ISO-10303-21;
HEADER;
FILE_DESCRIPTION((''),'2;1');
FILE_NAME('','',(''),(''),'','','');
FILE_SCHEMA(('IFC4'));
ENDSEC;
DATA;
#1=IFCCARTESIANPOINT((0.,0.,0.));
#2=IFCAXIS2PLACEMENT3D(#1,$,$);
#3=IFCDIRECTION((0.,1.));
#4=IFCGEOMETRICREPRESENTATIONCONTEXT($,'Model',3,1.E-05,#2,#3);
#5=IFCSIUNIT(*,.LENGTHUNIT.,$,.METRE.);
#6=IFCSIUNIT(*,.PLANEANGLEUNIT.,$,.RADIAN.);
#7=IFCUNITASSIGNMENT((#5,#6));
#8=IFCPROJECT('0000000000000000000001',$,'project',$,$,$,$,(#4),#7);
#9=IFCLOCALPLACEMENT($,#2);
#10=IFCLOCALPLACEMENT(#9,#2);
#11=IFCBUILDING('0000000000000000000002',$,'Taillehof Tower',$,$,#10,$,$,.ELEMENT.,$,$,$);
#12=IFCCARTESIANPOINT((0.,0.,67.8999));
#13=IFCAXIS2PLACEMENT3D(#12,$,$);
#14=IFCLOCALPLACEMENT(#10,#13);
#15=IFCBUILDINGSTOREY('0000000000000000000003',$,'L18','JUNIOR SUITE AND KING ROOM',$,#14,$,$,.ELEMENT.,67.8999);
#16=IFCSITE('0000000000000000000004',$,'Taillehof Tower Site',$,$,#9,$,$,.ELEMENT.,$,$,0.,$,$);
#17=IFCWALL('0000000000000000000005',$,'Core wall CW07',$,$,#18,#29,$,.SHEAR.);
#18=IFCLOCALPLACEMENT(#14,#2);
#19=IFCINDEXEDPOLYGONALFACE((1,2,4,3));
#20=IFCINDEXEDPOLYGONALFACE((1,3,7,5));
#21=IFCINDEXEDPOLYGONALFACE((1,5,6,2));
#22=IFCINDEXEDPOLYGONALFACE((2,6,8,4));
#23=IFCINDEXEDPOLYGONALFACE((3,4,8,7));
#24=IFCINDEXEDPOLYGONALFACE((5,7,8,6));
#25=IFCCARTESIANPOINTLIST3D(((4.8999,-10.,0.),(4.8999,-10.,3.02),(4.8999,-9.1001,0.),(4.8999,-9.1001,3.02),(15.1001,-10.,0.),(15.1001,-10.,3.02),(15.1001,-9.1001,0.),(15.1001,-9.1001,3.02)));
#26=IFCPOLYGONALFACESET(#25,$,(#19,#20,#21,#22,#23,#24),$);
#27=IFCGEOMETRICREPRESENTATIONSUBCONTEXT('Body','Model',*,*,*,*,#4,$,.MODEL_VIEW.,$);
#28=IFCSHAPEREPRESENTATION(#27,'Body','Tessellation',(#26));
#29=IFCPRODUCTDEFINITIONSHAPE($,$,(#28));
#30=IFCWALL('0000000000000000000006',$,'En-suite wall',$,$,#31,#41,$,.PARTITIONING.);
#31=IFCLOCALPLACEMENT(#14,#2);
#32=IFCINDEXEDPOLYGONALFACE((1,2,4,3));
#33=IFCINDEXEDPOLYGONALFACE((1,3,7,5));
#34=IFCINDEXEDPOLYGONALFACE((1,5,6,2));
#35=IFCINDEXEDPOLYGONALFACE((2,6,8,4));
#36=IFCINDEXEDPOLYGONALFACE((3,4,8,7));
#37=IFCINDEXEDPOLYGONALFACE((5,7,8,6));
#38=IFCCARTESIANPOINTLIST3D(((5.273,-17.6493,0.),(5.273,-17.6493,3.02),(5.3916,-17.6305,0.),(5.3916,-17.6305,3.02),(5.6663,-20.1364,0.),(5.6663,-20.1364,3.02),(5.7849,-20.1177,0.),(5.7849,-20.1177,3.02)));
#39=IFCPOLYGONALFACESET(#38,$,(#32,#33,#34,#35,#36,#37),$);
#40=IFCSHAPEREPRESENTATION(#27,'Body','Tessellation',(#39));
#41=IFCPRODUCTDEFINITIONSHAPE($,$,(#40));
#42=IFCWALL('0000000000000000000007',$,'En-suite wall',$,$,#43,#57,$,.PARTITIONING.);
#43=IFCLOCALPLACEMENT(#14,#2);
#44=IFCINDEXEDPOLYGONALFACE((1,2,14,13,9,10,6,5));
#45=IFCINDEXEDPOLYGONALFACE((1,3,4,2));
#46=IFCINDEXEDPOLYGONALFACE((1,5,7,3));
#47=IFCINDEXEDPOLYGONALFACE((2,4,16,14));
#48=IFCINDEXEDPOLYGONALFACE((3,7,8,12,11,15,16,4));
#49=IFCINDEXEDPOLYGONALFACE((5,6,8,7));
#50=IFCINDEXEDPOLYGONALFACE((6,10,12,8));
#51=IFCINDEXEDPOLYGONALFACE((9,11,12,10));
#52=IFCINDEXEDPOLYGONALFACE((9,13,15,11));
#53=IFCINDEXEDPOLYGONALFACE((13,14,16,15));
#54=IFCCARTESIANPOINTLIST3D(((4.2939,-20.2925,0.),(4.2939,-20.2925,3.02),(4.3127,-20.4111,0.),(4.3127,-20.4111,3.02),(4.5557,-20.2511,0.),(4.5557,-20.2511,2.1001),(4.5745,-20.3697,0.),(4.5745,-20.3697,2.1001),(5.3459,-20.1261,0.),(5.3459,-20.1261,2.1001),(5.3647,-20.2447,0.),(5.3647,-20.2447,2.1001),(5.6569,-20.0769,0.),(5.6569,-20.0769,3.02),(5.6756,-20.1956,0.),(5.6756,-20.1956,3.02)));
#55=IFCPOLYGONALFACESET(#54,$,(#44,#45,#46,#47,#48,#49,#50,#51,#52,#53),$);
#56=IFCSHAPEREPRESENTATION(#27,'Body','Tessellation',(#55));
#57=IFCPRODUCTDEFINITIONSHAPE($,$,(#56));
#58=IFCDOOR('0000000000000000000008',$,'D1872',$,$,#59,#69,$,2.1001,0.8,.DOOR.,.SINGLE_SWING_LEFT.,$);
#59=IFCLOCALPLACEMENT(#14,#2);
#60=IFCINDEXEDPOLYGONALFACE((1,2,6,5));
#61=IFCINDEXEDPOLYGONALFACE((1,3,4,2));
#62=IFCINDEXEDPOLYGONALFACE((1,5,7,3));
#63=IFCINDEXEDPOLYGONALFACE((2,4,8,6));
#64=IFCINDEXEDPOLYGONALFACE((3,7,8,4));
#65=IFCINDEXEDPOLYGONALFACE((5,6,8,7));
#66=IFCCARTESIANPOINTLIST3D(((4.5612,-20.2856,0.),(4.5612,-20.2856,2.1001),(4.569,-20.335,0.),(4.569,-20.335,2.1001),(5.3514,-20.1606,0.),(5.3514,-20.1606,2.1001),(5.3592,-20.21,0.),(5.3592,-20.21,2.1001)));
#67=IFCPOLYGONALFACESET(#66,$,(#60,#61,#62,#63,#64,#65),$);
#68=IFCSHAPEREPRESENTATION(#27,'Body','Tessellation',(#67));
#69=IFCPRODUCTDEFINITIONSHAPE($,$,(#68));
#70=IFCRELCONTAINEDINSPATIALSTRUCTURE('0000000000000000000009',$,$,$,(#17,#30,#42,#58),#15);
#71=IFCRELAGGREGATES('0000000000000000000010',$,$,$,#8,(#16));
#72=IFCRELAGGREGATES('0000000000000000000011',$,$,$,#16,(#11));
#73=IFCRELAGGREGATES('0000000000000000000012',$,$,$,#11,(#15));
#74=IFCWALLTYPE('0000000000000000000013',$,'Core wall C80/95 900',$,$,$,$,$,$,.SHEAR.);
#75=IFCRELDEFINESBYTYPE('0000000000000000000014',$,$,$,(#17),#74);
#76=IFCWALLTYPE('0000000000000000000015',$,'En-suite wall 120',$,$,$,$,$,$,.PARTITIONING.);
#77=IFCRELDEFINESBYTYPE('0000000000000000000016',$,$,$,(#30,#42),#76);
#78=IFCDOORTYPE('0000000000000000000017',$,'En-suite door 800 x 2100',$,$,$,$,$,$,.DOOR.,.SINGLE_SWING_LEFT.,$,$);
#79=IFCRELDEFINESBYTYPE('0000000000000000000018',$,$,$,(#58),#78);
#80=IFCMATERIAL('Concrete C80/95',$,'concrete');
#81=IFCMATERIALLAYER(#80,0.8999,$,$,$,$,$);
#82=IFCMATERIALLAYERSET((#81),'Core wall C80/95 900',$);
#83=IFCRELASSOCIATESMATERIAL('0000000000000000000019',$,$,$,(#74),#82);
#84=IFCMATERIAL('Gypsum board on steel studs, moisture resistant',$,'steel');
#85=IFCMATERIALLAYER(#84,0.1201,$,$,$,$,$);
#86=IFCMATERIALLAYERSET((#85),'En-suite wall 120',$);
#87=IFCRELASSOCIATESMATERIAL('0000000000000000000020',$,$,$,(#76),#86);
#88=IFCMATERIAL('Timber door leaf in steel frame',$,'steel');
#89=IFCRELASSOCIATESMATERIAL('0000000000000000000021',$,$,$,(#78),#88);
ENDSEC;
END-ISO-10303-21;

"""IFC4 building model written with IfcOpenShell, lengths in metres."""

from ifc_helpers import new_model, si_unit, direction, frame, frame_2d, origin, place, context, subcontext, project, spatial, rectangle, extrude, material, layer, layer_set, type_object, element, fill, save


model = new_model("IFC4")

# Units and contexts
model_context = context("Model", 3, precision=1e-05, world=origin(), true_north=direction((0.0, 1.0)))
body_context = subcontext(model_context, "Body", "Model", "MODEL_VIEW")
ifc_project = project(units=[si_unit("LENGTHUNIT", "METRE"), si_unit("PLANEANGLEUNIT", "RADIAN")], contexts=[model_context])

# Site, building, storey
site_placement = place(None, origin())
site = spatial("IfcSite", under=ifc_project, at=site_placement, Name="Taillehof Tower Site", CompositionType="ELEMENT", RefElevation=0.0)
building_placement = place(site_placement, origin())
building = spatial("IfcBuilding", under=site, at=building_placement, Name="Taillehof Tower", CompositionType="ELEMENT")
storey_placement = place(building_placement, frame((0.0, 0.0, 67.8999)))
storey = spatial("IfcBuildingStorey", under=building, at=storey_placement, Name="L18", Description="JUNIOR SUITE AND KING ROOM", CompositionType="ELEMENT", Elevation=67.8999)

# Shared definitions
ifc_material_1 = material(Name="Concrete C80/95", Category="concrete")
ifc_layer_1 = layer(ifc_material_1, 0.8999)
ifc_layer_set_1 = layer_set([ifc_layer_1], Name="Core wall C80/95 900")
wall_type_1 = type_object("IfcWallType", Name="Core wall C80/95 900", PredefinedType="SHEAR", material=ifc_layer_set_1)

# Walls
wall_1_placement = place(storey_placement, frame((4.8999, -9.55, 0.0), z_axis=(0.0, 0.0, 1.0), x_axis=(1.0, 0.0, 0.0)))
element("IfcWall", 1, at=wall_1_placement, inside=storey, type_object=wall_type_1, Name="Core wall CW07", PredefinedType="SHEAR", context=body_context, shape_type="SweptSolid", body=[
    extrude(rectangle(XDim=10.2002, YDim=0.8999, at=frame_2d((5.1001, 0.0))), origin(), (0.0, 0.0, 1.0), 3.02),
])
ifc_material_2 = material(Name="Gypsum board on steel studs, moisture resistant", Category="steel")
ifc_layer_2 = layer(ifc_material_2, 0.1201)
ifc_layer_set_2 = layer_set([ifc_layer_2], Name="En-suite wall 120")
wall_type_2 = type_object("IfcWallType", Name="En-suite wall 120", PredefinedType="PARTITIONING", material=ifc_layer_set_2)
wall_2_placement = place(storey_placement, frame((5.3323, -17.6399, 0.0), z_axis=(0.0, 0.0, 1.0), x_axis=(0.156202, -0.987725, 0.0)))
element("IfcWall", 2, at=wall_2_placement, inside=storey, type_object=wall_type_2, Name="En-suite wall", PredefinedType="PARTITIONING", context=body_context, shape_type="SweptSolid", body=[
    extrude(rectangle(XDim=2.5181, YDim=0.1201, at=frame_2d((1.259, 0.0))), origin(), (0.0, 0.0, 1.0), 3.02),
])

# Wall, opening, door
wall_3_placement = place(storey_placement, frame((5.6663, -20.1362, 0.0), z_axis=(0.0, 0.0, 1.0), x_axis=(-0.987723, -0.156217, 0.0)))
wall_3 = element("IfcWall", 3, at=wall_3_placement, inside=storey, type_object=wall_type_2, Name="En-suite wall", PredefinedType="PARTITIONING", context=body_context, shape_type="SweptSolid", body=[
    extrude(rectangle(XDim=1.3799, YDim=0.1201, at=frame_2d((0.6899, 0.0))), origin(), (0.0, 0.0, 1.0), 3.02),
])
opening_1_placement = place(wall_3_placement, frame((0.3149, 0.0, 0.0)))
opening_1 = element("IfcOpeningElement", 4, at=opening_1_placement, cuts=wall_3, PredefinedType="OPENING", context=body_context, shape_type="SweptSolid", body=[
    extrude(rectangle(XDim=0.8, YDim=2.1001, at=frame_2d((0.3999, 1.05))), frame((0.0, 0.0701, 0.0), z_axis=(0.0, -1.0, 0.0), x_axis=(1.0, 0.0, 0.0)), (0.0, 0.0, 1.0), 0.1401),
])
ifc_material_3 = material(Name="Timber door leaf in steel frame", Category="steel")
door_type_1 = type_object("IfcDoorType", Name="En-suite door 800 x 2100", OperationType="SINGLE_SWING_LEFT", PredefinedType="DOOR", material=ifc_material_3)
door_1_placement = place(opening_1_placement, origin())
door_1 = element("IfcDoor", 5, at=door_1_placement, inside=storey, type_object=door_type_1, Name="D1872", OperationType="SINGLE_SWING_LEFT", OverallHeight=2.1001, OverallWidth=0.8, PredefinedType="DOOR", context=body_context, shape_type="SweptSolid", body=[
    extrude(rectangle(XDim=0.8, YDim=2.1001, at=frame_2d((0.3999, 1.05))), frame((0.0, 0.0249, 0.0), z_axis=(0.0, -1.0, 0.0), x_axis=(1.0, 0.0, 0.0)), (0.0, 0.0, 1.0), 0.05),
])
fill(opening_1, door_1)

save(model, "model.ifc")
